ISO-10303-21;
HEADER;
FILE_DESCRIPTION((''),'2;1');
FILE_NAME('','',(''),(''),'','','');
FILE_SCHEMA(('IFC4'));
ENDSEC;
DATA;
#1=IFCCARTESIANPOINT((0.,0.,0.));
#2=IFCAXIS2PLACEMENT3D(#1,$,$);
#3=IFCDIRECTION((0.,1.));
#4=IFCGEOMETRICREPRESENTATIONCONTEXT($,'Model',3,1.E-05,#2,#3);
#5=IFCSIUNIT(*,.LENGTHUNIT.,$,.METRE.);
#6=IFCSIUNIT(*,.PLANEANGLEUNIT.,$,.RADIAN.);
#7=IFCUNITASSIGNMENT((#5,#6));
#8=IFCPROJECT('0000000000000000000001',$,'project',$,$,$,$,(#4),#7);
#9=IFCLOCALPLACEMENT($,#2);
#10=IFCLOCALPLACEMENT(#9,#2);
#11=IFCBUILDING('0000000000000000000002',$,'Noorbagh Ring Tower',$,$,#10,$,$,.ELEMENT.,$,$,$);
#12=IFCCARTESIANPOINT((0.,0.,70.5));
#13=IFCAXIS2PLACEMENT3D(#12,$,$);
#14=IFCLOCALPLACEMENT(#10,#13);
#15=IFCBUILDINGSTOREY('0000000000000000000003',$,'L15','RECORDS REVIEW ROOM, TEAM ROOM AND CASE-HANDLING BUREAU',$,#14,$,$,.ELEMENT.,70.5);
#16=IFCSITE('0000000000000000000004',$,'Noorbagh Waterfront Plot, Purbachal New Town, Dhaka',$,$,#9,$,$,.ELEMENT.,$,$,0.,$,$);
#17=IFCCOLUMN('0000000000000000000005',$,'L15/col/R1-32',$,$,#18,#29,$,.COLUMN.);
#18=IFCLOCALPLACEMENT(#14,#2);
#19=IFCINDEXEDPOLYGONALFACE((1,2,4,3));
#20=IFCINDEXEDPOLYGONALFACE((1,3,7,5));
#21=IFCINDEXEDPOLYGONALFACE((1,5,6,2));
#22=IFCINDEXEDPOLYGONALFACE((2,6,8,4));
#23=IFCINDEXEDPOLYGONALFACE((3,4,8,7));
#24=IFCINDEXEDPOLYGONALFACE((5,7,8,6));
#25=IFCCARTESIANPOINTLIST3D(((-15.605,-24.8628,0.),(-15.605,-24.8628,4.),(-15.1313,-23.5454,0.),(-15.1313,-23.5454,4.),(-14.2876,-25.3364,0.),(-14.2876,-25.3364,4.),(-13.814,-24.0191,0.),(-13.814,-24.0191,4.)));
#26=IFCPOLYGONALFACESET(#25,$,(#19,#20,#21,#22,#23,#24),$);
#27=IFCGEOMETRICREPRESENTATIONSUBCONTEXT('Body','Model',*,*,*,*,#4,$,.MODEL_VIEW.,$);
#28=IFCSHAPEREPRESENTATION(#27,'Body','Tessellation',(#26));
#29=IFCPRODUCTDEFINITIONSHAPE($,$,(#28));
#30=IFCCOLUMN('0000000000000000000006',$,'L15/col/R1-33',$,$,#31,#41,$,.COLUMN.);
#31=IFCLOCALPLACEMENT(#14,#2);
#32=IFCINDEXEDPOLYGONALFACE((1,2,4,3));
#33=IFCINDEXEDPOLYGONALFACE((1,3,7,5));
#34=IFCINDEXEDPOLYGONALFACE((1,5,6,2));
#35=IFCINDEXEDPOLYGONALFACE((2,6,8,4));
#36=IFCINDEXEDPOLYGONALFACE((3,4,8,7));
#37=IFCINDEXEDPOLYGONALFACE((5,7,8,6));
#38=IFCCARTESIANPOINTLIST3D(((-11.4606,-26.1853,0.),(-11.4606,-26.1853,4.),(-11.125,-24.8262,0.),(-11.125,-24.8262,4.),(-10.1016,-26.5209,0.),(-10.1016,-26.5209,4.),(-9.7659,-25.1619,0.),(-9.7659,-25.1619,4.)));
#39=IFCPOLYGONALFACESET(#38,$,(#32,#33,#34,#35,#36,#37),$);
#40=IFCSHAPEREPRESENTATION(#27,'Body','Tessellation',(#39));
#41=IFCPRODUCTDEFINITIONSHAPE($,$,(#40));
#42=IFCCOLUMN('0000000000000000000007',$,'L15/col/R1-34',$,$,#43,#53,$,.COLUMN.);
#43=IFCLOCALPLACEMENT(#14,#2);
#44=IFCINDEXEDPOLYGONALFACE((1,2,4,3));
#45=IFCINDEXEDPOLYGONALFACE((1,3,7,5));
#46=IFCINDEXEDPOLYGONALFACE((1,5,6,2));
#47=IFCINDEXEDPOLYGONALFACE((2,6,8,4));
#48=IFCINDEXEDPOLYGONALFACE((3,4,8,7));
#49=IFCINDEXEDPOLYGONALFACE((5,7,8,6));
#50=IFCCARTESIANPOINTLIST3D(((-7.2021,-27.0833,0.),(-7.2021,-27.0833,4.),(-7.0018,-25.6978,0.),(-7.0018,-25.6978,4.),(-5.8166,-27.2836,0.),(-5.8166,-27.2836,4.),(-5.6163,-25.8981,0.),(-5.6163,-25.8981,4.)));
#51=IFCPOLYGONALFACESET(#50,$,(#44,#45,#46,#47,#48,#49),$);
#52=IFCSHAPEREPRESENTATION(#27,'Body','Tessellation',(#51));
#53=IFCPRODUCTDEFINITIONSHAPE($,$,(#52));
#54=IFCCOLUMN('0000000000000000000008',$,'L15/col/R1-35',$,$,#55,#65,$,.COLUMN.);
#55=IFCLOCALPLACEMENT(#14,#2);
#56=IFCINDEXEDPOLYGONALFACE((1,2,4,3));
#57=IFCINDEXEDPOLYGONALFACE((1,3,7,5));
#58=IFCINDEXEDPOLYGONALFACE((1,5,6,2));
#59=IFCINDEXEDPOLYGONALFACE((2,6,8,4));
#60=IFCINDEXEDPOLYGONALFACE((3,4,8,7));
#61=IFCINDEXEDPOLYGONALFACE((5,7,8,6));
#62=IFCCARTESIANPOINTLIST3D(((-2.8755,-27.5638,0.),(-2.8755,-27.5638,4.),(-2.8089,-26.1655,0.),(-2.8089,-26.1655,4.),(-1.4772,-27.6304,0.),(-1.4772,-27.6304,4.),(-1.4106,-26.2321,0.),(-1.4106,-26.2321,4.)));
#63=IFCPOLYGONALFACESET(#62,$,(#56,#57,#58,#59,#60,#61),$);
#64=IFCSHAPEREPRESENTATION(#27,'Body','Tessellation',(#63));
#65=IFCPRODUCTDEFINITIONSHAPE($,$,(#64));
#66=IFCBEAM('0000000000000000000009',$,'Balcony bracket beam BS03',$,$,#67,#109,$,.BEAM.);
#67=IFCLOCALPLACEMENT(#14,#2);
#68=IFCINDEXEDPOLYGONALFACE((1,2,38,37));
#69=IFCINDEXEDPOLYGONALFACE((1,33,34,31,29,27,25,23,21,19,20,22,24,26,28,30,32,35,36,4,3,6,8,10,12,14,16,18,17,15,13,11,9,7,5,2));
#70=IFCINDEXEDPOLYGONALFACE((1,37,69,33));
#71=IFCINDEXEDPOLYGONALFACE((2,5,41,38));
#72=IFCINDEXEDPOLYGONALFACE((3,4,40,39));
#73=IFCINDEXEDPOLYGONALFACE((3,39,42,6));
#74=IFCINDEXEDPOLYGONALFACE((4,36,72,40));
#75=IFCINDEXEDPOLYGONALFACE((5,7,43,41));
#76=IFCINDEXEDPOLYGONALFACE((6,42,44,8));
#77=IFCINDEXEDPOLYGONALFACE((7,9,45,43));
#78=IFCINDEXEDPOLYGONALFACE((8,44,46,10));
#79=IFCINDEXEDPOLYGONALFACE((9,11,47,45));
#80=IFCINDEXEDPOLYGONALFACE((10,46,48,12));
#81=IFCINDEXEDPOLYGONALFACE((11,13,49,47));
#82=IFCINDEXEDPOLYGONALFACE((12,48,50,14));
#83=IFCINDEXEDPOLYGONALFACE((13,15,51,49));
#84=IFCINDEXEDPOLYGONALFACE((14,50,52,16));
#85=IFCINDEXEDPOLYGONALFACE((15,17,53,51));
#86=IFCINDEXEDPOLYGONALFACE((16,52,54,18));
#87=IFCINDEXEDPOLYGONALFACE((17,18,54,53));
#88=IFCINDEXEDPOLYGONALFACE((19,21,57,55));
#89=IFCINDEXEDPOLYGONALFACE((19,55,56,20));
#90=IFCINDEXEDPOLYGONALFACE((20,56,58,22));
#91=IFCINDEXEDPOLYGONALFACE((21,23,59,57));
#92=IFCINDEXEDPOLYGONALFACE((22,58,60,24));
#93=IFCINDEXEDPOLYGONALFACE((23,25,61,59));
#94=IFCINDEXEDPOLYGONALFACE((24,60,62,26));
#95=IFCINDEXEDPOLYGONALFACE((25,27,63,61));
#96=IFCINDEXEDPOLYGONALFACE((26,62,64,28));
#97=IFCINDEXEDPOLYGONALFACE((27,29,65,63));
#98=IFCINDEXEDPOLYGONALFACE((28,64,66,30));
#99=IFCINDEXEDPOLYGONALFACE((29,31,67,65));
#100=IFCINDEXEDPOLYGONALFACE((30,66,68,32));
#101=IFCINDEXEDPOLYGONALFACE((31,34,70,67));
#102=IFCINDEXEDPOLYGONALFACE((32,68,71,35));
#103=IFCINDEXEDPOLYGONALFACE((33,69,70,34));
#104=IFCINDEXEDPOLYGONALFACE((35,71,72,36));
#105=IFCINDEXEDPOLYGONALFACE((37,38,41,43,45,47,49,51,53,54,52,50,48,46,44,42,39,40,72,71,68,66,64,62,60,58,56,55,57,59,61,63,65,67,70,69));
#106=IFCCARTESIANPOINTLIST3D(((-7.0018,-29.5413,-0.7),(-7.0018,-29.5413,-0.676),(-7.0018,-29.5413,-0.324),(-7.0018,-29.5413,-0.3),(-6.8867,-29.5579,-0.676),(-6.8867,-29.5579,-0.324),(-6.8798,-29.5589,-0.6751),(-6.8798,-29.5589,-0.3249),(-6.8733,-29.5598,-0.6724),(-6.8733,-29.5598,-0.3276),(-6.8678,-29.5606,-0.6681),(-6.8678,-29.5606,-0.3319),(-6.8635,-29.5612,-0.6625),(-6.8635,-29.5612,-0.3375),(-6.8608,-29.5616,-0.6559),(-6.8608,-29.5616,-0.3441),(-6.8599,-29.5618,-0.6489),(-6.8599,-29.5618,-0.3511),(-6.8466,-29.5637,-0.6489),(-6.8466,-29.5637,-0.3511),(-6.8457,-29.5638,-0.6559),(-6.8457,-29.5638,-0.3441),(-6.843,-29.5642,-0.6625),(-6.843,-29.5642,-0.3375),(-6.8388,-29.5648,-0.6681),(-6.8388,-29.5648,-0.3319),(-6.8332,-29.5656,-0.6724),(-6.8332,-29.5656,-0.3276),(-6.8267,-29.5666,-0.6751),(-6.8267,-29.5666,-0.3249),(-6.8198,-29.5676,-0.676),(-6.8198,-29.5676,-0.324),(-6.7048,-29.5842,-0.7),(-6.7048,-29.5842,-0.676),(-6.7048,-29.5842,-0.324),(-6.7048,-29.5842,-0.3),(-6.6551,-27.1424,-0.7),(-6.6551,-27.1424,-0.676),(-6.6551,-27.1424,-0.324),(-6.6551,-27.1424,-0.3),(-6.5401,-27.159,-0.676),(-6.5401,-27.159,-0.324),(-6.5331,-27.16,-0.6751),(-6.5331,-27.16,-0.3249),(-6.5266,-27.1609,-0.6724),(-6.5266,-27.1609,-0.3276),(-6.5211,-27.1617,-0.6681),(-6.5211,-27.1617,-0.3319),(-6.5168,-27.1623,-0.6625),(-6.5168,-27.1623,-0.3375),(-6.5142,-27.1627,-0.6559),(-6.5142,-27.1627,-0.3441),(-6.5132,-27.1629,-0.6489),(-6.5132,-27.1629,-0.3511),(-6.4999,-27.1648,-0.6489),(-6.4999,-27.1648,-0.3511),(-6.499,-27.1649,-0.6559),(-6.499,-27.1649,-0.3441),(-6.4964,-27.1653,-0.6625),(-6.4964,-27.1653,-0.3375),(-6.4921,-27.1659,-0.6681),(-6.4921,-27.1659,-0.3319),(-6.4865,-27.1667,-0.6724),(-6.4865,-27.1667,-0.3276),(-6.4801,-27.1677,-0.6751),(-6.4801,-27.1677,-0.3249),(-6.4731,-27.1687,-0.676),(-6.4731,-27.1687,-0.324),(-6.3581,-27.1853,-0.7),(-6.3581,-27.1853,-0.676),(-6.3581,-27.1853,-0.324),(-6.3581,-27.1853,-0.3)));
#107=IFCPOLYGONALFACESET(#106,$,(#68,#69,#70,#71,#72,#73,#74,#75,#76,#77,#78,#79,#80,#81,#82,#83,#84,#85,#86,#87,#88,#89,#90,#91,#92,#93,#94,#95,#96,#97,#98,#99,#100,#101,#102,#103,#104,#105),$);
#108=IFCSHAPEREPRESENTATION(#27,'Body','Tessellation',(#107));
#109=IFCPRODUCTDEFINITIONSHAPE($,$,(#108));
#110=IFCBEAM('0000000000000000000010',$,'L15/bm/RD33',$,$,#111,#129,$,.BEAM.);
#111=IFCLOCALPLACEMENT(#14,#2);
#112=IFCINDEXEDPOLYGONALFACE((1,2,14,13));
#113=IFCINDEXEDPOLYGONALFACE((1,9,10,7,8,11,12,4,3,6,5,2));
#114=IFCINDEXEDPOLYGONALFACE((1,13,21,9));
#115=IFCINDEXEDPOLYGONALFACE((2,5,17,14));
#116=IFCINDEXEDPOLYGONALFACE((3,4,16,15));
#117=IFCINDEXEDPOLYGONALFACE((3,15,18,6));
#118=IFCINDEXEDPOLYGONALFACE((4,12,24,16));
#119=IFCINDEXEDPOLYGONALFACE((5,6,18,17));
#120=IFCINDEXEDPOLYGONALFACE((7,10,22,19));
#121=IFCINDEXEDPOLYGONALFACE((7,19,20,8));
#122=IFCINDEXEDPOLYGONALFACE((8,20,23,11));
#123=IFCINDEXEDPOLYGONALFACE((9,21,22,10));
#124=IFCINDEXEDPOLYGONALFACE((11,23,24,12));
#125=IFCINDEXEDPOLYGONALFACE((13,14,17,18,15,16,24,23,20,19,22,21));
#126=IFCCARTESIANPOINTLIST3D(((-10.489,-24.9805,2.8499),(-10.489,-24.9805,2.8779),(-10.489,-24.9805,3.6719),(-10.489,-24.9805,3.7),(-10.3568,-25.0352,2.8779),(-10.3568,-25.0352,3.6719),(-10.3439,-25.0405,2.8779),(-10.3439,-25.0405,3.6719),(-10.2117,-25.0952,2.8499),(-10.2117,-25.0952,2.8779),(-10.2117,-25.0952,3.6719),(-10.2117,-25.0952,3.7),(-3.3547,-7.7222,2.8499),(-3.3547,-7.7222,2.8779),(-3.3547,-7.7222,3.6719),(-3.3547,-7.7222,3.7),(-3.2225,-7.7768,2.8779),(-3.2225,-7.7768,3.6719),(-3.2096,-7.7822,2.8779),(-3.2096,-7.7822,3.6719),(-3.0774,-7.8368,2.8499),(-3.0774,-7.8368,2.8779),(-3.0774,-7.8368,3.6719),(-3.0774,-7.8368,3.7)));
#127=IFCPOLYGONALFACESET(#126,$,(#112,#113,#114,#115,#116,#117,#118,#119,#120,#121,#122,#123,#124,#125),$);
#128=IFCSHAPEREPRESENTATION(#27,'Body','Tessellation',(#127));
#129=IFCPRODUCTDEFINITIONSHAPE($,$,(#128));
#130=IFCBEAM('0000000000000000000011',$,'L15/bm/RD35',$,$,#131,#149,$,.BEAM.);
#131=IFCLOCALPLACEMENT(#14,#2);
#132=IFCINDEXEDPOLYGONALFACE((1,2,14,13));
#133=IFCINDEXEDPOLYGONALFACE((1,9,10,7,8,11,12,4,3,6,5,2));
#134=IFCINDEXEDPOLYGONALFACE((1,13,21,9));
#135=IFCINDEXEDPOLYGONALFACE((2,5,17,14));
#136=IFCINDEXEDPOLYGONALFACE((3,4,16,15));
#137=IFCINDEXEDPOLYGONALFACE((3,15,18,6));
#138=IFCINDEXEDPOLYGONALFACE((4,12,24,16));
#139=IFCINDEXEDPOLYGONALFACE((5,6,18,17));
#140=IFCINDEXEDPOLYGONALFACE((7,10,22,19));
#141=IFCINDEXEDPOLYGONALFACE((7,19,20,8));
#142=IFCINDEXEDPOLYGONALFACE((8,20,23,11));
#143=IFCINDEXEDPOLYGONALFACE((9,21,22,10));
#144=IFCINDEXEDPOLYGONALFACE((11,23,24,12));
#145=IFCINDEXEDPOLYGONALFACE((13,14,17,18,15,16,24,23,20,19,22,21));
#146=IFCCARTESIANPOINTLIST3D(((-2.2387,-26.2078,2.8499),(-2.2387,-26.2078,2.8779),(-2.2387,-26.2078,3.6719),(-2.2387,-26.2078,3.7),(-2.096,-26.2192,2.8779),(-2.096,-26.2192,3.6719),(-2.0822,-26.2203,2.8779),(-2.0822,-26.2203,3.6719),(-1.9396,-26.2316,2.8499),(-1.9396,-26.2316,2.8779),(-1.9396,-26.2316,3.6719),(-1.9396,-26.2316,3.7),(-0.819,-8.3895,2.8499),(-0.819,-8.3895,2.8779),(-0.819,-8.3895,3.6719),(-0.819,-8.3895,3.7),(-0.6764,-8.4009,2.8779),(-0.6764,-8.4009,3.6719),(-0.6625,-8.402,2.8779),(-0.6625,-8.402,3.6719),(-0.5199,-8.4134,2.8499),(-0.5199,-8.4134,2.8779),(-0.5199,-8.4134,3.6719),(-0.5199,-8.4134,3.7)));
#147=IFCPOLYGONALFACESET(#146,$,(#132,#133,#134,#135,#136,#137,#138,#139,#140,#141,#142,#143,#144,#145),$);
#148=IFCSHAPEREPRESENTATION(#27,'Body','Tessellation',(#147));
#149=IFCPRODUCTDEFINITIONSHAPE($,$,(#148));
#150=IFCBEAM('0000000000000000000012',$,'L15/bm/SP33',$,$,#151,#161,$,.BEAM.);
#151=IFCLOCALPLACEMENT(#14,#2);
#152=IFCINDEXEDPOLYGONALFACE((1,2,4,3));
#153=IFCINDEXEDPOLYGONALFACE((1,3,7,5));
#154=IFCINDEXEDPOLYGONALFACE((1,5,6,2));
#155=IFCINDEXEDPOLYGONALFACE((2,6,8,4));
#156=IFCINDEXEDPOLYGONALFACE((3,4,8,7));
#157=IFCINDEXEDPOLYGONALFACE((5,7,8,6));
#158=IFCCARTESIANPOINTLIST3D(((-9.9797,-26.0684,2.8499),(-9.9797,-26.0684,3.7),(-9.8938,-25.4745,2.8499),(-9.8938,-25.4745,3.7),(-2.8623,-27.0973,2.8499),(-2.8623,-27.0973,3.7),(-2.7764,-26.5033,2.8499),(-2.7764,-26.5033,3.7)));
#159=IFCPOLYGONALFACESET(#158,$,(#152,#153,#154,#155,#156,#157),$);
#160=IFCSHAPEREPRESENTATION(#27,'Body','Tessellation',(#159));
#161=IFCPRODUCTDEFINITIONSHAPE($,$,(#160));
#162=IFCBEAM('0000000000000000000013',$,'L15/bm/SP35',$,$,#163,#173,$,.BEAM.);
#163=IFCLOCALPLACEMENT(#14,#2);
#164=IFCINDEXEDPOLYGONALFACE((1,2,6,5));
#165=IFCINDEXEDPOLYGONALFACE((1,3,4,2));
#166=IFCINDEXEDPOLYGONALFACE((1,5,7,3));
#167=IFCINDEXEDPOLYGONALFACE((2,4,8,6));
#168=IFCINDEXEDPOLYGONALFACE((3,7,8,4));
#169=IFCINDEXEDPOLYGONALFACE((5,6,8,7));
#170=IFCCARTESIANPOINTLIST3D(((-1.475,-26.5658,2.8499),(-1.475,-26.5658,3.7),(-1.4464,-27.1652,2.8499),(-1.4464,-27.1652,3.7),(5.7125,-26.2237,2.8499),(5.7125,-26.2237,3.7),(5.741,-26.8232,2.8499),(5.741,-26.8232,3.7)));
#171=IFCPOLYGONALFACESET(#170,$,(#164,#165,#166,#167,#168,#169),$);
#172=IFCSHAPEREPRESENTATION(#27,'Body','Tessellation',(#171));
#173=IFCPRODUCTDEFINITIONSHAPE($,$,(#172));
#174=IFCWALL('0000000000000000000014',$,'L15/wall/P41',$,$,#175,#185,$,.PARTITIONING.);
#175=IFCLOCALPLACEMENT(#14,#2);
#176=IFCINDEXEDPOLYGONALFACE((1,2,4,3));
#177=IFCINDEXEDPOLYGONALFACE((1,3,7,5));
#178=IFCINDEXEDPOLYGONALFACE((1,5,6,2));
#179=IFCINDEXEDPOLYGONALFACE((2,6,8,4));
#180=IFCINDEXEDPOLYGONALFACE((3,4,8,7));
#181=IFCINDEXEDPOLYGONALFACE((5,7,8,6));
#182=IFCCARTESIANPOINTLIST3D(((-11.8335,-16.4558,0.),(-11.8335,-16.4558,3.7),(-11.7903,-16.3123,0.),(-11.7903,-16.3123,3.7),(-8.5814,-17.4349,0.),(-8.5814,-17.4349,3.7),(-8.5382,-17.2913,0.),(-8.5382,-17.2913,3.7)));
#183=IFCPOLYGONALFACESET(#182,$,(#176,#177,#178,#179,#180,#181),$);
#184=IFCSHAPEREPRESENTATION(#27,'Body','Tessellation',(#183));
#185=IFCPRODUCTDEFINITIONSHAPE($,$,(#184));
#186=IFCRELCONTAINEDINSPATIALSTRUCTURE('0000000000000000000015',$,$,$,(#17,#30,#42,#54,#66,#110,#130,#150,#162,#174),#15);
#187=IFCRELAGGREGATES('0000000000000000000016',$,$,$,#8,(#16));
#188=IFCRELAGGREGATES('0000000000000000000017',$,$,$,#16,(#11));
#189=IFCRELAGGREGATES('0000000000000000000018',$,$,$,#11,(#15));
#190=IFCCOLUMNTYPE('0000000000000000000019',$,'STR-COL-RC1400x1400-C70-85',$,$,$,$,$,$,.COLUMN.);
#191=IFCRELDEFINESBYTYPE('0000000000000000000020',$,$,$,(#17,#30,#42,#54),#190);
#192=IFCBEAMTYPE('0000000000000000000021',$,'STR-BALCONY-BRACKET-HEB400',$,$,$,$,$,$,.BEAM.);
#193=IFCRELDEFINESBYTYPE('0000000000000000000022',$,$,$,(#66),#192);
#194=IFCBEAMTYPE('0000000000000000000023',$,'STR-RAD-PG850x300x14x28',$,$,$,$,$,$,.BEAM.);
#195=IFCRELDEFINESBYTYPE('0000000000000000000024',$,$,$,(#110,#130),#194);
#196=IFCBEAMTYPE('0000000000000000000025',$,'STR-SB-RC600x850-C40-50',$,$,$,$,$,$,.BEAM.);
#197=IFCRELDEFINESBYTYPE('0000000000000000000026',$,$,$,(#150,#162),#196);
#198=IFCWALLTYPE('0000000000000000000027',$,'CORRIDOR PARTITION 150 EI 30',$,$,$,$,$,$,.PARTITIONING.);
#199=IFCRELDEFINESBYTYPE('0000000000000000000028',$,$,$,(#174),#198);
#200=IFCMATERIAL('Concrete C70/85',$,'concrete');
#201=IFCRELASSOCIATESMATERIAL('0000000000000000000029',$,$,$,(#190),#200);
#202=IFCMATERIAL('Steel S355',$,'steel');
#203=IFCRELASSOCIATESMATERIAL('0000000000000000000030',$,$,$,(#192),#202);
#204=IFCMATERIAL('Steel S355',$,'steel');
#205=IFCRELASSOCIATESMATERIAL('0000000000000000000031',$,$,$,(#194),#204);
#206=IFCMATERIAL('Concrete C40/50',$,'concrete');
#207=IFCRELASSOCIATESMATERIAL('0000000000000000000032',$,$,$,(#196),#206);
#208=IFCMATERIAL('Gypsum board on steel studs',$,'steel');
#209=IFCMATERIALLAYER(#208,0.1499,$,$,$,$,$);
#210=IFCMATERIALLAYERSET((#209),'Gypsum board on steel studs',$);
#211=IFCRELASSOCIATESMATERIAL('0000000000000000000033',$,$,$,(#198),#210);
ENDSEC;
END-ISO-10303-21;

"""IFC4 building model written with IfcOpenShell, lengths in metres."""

from ifc_helpers import new_model, si_unit, direction, frame, frame_2d, origin, origin_2d, place, context, subcontext, project, spatial, rectangle, i_section, extrude, material, layer, layer_set, material_profile, profile_set, type_object, element, save


model = new_model("IFC4")

# Units and contexts
model_context = context("Model", 3, precision=1e-05, world=origin(), true_north=direction((0.0, 1.0)))
body_context = subcontext(model_context, "Body", "Model", "MODEL_VIEW")
ifc_project = project(units=[si_unit("LENGTHUNIT", "METRE"), si_unit("PLANEANGLEUNIT", "RADIAN")], contexts=[model_context])

# Site, building, storey
site_placement = place(None, origin())
site = spatial("IfcSite", under=ifc_project, at=site_placement, Name="Noorbagh Waterfront Plot, Purbachal New Town, Dhaka", CompositionType="ELEMENT", RefElevation=0.0)
building_placement = place(site_placement, origin())
building = spatial("IfcBuilding", under=site, at=building_placement, Name="Noorbagh Ring Tower", CompositionType="ELEMENT")
storey_placement = place(building_placement, frame((0.0, 0.0, 70.5)))
storey = spatial("IfcBuildingStorey", under=building, at=storey_placement, Name="L15", Description="RECORDS REVIEW ROOM, TEAM ROOM AND CASE-HANDLING BUREAU", CompositionType="ELEMENT", Elevation=70.5)

# Columns
ifc_material_1 = material(Name="Concrete C70/85", Category="concrete")
ifc_material_profile_1 = material_profile(ifc_material_1, rectangle(XDim=1.3999, YDim=1.3999, at=origin_2d()), Name="RC1400x1400")
ifc_profile_set_1 = profile_set([ifc_material_profile_1], Name="Concrete C70/85")
column_type = type_object("IfcColumnType", Name="STR-COL-RC1400x1400-C70-85", PredefinedType="COLUMN", material=ifc_profile_set_1)
for number, where, z_axis, x_axis, name in (
    (1, (-14.7095, -24.4409, 0.0), (0.0, 0.0, 1.0), (0.941025, -0.338338, 0.0), "L15/col/R1-32"),
    (2, (-10.6133, -25.6736, 0.0), (0.0, 0.0, 1.0), (0.970829, -0.239771, 0.0), "L15/col/R1-33"),
    (3, (-6.4092, -26.4907, 0.0), (0.0, 0.0, 1.0), (0.989713, -0.143066, 0.0), "L15/col/R1-34"),
    (4, (-2.1431, -26.8979, 0.0), (0.0, 0.0, 1.0), (0.998869, -0.047553, 0.0), "L15/col/R1-35"),
):
    element("IfcColumn", number, at=place(storey_placement, frame(where, z_axis=z_axis, x_axis=x_axis)), inside=storey, type_object=column_type, Name=name, PredefinedType="COLUMN", context=body_context, shape_type="SweptSolid", body=[
        extrude(rectangle(XDim=1.3999, YDim=1.3999, at=origin_2d()), origin(), (0.0, 0.0, 1.0), 4.0),
    ])

# Beams
ifc_material_2 = material(Name="Steel S355", Category="steel")
ifc_material_profile_2 = material_profile(ifc_material_2, i_section(OverallWidth=0.3, OverallDepth=0.3999, WebThickness=0.0134, FlangeThickness=0.0239, FilletRadius=0.0271, at=origin_2d()), Name="HEB400")
ifc_profile_set_2 = profile_set([ifc_material_profile_2], Name="Steel S355")
beam_type_1 = type_object("IfcBeamType", Name="STR-BALCONY-BRACKET-HEB400", PredefinedType="BEAM", material=ifc_profile_set_2)
beam_1_placement = place(storey_placement, frame((-6.5066, -27.1638, -0.5), z_axis=(-0.143029, -0.989719, 0.0), x_axis=(0.989719, -0.143029, 0.0)))
element("IfcBeam", 5, at=beam_1_placement, inside=storey, type_object=beam_type_1, Name="Balcony bracket beam BS03", PredefinedType="BEAM", context=body_context, shape_type="SweptSolid", body=[
    extrude(i_section(OverallWidth=0.3, OverallDepth=0.3999, WebThickness=0.0134, FlangeThickness=0.0239, FilletRadius=0.0271, at=origin_2d()), origin(), (0.0, 0.0, 1.0), 2.4238),
])
ifc_material_3 = material(Name="Steel S355", Category="steel")
ifc_material_profile_3 = material_profile(ifc_material_3, i_section(OverallWidth=0.3, OverallDepth=0.8501, WebThickness=0.0139, FlangeThickness=0.0281, at=origin_2d()), Name="PG850x300x14x28")
ifc_profile_set_3 = profile_set([ifc_material_profile_3], Name="Steel S355")
beam_type_2 = type_object("IfcBeamType", Name="STR-RAD-PG850x300x14x28", PredefinedType="BEAM", material=ifc_profile_set_3)
beam_2_placement = place(storey_placement, frame((-10.3503, -25.0378, 3.2749), z_axis=(0.382028, 0.924151, 0.0), x_axis=(-0.924151, 0.382028, 0.0)))
element("IfcBeam", 6, at=beam_2_placement, inside=storey, type_object=beam_type_2, Name="L15/bm/RD33", PredefinedType="BEAM", context=body_context, shape_type="SweptSolid", body=[
    extrude(i_section(OverallWidth=0.3, OverallDepth=0.8501, WebThickness=0.0139, FlangeThickness=0.0281, at=origin_2d()), origin(), (0.0, 0.0, 1.0), 18.6748),
])
beam_3_placement = place(storey_placement, frame((-2.0891, -26.2197, 3.2749), z_axis=(0.079423, 0.996841, 0.0), x_axis=(-0.996841, 0.079423, 0.0)))
element("IfcBeam", 7, at=beam_3_placement, inside=storey, type_object=beam_type_2, Name="L15/bm/RD35", PredefinedType="BEAM", context=body_context, shape_type="SweptSolid", body=[
    extrude(i_section(OverallWidth=0.3, OverallDepth=0.8501, WebThickness=0.0139, FlangeThickness=0.0281, at=origin_2d()), origin(), (0.0, 0.0, 1.0), 17.8748),
])
ifc_material_4 = material(Name="Concrete C40/50", Category="concrete")
ifc_material_profile_4 = material_profile(ifc_material_4, rectangle(XDim=0.6001, YDim=0.8501, at=origin_2d()), Name="RC600x850")
ifc_profile_set_4 = profile_set([ifc_material_profile_4], Name="Concrete C40/50")
beam_type_3 = type_object("IfcBeamType", Name="STR-SB-RC600x850-C40-50", PredefinedType="BEAM", material=ifc_profile_set_4)
beam_4_placement = place(storey_placement, frame((-9.9368, -25.7715, 3.2749), z_axis=(0.989714, -0.143061, 0.0), x_axis=(0.143061, 0.989714, 0.0)))
element("IfcBeam", 8, at=beam_4_placement, inside=storey, type_object=beam_type_3, Name="L15/bm/SP33", PredefinedType="BEAM", context=body_context, shape_type="SweptSolid", body=[
    extrude(rectangle(XDim=0.6001, YDim=0.8501, at=origin_2d()), origin(), (0.0, 0.0, 1.0), 7.1914),
])
beam_5_placement = place(storey_placement, frame((-1.4607, -26.8655, 3.2749), z_axis=(0.99887, 0.047535, 0.0), x_axis=(-0.047535, 0.99887, 0.0)))
element("IfcBeam", 9, at=beam_5_placement, inside=storey, type_object=beam_type_3, Name="L15/bm/SP35", PredefinedType="BEAM", context=body_context, shape_type="SweptSolid", body=[
    extrude(rectangle(XDim=0.6001, YDim=0.8501, at=origin_2d()), origin(), (0.0, 0.0, 1.0), 7.1956),
])

# Wall
ifc_material_5 = material(Name="Gypsum board on steel studs", Category="steel")
ifc_layer_1 = layer(ifc_material_5, 0.1499)
ifc_layer_set_1 = layer_set([ifc_layer_1], Name="Gypsum board on steel studs")
wall_type_1 = type_object("IfcWallType", Name="CORRIDOR PARTITION 150 EI 30", PredefinedType="PARTITIONING", material=ifc_layer_set_1)
wall_1_placement = place(storey_placement, frame((-11.812, -16.384, 0.0), z_axis=(0.0, 0.0, 1.0), x_axis=(0.957549, -0.288271, 0.0)))
element("IfcWall", 10, at=wall_1_placement, inside=storey, type_object=wall_type_1, Name="L15/wall/P41", PredefinedType="PARTITIONING", context=body_context, shape_type="SweptSolid", body=[
    extrude(rectangle(XDim=3.3962, YDim=0.1499, at=frame_2d((1.6982, 0.0))), origin(), (0.0, 0.0, 1.0), 3.7),
])

save(model, "model.ifc")
